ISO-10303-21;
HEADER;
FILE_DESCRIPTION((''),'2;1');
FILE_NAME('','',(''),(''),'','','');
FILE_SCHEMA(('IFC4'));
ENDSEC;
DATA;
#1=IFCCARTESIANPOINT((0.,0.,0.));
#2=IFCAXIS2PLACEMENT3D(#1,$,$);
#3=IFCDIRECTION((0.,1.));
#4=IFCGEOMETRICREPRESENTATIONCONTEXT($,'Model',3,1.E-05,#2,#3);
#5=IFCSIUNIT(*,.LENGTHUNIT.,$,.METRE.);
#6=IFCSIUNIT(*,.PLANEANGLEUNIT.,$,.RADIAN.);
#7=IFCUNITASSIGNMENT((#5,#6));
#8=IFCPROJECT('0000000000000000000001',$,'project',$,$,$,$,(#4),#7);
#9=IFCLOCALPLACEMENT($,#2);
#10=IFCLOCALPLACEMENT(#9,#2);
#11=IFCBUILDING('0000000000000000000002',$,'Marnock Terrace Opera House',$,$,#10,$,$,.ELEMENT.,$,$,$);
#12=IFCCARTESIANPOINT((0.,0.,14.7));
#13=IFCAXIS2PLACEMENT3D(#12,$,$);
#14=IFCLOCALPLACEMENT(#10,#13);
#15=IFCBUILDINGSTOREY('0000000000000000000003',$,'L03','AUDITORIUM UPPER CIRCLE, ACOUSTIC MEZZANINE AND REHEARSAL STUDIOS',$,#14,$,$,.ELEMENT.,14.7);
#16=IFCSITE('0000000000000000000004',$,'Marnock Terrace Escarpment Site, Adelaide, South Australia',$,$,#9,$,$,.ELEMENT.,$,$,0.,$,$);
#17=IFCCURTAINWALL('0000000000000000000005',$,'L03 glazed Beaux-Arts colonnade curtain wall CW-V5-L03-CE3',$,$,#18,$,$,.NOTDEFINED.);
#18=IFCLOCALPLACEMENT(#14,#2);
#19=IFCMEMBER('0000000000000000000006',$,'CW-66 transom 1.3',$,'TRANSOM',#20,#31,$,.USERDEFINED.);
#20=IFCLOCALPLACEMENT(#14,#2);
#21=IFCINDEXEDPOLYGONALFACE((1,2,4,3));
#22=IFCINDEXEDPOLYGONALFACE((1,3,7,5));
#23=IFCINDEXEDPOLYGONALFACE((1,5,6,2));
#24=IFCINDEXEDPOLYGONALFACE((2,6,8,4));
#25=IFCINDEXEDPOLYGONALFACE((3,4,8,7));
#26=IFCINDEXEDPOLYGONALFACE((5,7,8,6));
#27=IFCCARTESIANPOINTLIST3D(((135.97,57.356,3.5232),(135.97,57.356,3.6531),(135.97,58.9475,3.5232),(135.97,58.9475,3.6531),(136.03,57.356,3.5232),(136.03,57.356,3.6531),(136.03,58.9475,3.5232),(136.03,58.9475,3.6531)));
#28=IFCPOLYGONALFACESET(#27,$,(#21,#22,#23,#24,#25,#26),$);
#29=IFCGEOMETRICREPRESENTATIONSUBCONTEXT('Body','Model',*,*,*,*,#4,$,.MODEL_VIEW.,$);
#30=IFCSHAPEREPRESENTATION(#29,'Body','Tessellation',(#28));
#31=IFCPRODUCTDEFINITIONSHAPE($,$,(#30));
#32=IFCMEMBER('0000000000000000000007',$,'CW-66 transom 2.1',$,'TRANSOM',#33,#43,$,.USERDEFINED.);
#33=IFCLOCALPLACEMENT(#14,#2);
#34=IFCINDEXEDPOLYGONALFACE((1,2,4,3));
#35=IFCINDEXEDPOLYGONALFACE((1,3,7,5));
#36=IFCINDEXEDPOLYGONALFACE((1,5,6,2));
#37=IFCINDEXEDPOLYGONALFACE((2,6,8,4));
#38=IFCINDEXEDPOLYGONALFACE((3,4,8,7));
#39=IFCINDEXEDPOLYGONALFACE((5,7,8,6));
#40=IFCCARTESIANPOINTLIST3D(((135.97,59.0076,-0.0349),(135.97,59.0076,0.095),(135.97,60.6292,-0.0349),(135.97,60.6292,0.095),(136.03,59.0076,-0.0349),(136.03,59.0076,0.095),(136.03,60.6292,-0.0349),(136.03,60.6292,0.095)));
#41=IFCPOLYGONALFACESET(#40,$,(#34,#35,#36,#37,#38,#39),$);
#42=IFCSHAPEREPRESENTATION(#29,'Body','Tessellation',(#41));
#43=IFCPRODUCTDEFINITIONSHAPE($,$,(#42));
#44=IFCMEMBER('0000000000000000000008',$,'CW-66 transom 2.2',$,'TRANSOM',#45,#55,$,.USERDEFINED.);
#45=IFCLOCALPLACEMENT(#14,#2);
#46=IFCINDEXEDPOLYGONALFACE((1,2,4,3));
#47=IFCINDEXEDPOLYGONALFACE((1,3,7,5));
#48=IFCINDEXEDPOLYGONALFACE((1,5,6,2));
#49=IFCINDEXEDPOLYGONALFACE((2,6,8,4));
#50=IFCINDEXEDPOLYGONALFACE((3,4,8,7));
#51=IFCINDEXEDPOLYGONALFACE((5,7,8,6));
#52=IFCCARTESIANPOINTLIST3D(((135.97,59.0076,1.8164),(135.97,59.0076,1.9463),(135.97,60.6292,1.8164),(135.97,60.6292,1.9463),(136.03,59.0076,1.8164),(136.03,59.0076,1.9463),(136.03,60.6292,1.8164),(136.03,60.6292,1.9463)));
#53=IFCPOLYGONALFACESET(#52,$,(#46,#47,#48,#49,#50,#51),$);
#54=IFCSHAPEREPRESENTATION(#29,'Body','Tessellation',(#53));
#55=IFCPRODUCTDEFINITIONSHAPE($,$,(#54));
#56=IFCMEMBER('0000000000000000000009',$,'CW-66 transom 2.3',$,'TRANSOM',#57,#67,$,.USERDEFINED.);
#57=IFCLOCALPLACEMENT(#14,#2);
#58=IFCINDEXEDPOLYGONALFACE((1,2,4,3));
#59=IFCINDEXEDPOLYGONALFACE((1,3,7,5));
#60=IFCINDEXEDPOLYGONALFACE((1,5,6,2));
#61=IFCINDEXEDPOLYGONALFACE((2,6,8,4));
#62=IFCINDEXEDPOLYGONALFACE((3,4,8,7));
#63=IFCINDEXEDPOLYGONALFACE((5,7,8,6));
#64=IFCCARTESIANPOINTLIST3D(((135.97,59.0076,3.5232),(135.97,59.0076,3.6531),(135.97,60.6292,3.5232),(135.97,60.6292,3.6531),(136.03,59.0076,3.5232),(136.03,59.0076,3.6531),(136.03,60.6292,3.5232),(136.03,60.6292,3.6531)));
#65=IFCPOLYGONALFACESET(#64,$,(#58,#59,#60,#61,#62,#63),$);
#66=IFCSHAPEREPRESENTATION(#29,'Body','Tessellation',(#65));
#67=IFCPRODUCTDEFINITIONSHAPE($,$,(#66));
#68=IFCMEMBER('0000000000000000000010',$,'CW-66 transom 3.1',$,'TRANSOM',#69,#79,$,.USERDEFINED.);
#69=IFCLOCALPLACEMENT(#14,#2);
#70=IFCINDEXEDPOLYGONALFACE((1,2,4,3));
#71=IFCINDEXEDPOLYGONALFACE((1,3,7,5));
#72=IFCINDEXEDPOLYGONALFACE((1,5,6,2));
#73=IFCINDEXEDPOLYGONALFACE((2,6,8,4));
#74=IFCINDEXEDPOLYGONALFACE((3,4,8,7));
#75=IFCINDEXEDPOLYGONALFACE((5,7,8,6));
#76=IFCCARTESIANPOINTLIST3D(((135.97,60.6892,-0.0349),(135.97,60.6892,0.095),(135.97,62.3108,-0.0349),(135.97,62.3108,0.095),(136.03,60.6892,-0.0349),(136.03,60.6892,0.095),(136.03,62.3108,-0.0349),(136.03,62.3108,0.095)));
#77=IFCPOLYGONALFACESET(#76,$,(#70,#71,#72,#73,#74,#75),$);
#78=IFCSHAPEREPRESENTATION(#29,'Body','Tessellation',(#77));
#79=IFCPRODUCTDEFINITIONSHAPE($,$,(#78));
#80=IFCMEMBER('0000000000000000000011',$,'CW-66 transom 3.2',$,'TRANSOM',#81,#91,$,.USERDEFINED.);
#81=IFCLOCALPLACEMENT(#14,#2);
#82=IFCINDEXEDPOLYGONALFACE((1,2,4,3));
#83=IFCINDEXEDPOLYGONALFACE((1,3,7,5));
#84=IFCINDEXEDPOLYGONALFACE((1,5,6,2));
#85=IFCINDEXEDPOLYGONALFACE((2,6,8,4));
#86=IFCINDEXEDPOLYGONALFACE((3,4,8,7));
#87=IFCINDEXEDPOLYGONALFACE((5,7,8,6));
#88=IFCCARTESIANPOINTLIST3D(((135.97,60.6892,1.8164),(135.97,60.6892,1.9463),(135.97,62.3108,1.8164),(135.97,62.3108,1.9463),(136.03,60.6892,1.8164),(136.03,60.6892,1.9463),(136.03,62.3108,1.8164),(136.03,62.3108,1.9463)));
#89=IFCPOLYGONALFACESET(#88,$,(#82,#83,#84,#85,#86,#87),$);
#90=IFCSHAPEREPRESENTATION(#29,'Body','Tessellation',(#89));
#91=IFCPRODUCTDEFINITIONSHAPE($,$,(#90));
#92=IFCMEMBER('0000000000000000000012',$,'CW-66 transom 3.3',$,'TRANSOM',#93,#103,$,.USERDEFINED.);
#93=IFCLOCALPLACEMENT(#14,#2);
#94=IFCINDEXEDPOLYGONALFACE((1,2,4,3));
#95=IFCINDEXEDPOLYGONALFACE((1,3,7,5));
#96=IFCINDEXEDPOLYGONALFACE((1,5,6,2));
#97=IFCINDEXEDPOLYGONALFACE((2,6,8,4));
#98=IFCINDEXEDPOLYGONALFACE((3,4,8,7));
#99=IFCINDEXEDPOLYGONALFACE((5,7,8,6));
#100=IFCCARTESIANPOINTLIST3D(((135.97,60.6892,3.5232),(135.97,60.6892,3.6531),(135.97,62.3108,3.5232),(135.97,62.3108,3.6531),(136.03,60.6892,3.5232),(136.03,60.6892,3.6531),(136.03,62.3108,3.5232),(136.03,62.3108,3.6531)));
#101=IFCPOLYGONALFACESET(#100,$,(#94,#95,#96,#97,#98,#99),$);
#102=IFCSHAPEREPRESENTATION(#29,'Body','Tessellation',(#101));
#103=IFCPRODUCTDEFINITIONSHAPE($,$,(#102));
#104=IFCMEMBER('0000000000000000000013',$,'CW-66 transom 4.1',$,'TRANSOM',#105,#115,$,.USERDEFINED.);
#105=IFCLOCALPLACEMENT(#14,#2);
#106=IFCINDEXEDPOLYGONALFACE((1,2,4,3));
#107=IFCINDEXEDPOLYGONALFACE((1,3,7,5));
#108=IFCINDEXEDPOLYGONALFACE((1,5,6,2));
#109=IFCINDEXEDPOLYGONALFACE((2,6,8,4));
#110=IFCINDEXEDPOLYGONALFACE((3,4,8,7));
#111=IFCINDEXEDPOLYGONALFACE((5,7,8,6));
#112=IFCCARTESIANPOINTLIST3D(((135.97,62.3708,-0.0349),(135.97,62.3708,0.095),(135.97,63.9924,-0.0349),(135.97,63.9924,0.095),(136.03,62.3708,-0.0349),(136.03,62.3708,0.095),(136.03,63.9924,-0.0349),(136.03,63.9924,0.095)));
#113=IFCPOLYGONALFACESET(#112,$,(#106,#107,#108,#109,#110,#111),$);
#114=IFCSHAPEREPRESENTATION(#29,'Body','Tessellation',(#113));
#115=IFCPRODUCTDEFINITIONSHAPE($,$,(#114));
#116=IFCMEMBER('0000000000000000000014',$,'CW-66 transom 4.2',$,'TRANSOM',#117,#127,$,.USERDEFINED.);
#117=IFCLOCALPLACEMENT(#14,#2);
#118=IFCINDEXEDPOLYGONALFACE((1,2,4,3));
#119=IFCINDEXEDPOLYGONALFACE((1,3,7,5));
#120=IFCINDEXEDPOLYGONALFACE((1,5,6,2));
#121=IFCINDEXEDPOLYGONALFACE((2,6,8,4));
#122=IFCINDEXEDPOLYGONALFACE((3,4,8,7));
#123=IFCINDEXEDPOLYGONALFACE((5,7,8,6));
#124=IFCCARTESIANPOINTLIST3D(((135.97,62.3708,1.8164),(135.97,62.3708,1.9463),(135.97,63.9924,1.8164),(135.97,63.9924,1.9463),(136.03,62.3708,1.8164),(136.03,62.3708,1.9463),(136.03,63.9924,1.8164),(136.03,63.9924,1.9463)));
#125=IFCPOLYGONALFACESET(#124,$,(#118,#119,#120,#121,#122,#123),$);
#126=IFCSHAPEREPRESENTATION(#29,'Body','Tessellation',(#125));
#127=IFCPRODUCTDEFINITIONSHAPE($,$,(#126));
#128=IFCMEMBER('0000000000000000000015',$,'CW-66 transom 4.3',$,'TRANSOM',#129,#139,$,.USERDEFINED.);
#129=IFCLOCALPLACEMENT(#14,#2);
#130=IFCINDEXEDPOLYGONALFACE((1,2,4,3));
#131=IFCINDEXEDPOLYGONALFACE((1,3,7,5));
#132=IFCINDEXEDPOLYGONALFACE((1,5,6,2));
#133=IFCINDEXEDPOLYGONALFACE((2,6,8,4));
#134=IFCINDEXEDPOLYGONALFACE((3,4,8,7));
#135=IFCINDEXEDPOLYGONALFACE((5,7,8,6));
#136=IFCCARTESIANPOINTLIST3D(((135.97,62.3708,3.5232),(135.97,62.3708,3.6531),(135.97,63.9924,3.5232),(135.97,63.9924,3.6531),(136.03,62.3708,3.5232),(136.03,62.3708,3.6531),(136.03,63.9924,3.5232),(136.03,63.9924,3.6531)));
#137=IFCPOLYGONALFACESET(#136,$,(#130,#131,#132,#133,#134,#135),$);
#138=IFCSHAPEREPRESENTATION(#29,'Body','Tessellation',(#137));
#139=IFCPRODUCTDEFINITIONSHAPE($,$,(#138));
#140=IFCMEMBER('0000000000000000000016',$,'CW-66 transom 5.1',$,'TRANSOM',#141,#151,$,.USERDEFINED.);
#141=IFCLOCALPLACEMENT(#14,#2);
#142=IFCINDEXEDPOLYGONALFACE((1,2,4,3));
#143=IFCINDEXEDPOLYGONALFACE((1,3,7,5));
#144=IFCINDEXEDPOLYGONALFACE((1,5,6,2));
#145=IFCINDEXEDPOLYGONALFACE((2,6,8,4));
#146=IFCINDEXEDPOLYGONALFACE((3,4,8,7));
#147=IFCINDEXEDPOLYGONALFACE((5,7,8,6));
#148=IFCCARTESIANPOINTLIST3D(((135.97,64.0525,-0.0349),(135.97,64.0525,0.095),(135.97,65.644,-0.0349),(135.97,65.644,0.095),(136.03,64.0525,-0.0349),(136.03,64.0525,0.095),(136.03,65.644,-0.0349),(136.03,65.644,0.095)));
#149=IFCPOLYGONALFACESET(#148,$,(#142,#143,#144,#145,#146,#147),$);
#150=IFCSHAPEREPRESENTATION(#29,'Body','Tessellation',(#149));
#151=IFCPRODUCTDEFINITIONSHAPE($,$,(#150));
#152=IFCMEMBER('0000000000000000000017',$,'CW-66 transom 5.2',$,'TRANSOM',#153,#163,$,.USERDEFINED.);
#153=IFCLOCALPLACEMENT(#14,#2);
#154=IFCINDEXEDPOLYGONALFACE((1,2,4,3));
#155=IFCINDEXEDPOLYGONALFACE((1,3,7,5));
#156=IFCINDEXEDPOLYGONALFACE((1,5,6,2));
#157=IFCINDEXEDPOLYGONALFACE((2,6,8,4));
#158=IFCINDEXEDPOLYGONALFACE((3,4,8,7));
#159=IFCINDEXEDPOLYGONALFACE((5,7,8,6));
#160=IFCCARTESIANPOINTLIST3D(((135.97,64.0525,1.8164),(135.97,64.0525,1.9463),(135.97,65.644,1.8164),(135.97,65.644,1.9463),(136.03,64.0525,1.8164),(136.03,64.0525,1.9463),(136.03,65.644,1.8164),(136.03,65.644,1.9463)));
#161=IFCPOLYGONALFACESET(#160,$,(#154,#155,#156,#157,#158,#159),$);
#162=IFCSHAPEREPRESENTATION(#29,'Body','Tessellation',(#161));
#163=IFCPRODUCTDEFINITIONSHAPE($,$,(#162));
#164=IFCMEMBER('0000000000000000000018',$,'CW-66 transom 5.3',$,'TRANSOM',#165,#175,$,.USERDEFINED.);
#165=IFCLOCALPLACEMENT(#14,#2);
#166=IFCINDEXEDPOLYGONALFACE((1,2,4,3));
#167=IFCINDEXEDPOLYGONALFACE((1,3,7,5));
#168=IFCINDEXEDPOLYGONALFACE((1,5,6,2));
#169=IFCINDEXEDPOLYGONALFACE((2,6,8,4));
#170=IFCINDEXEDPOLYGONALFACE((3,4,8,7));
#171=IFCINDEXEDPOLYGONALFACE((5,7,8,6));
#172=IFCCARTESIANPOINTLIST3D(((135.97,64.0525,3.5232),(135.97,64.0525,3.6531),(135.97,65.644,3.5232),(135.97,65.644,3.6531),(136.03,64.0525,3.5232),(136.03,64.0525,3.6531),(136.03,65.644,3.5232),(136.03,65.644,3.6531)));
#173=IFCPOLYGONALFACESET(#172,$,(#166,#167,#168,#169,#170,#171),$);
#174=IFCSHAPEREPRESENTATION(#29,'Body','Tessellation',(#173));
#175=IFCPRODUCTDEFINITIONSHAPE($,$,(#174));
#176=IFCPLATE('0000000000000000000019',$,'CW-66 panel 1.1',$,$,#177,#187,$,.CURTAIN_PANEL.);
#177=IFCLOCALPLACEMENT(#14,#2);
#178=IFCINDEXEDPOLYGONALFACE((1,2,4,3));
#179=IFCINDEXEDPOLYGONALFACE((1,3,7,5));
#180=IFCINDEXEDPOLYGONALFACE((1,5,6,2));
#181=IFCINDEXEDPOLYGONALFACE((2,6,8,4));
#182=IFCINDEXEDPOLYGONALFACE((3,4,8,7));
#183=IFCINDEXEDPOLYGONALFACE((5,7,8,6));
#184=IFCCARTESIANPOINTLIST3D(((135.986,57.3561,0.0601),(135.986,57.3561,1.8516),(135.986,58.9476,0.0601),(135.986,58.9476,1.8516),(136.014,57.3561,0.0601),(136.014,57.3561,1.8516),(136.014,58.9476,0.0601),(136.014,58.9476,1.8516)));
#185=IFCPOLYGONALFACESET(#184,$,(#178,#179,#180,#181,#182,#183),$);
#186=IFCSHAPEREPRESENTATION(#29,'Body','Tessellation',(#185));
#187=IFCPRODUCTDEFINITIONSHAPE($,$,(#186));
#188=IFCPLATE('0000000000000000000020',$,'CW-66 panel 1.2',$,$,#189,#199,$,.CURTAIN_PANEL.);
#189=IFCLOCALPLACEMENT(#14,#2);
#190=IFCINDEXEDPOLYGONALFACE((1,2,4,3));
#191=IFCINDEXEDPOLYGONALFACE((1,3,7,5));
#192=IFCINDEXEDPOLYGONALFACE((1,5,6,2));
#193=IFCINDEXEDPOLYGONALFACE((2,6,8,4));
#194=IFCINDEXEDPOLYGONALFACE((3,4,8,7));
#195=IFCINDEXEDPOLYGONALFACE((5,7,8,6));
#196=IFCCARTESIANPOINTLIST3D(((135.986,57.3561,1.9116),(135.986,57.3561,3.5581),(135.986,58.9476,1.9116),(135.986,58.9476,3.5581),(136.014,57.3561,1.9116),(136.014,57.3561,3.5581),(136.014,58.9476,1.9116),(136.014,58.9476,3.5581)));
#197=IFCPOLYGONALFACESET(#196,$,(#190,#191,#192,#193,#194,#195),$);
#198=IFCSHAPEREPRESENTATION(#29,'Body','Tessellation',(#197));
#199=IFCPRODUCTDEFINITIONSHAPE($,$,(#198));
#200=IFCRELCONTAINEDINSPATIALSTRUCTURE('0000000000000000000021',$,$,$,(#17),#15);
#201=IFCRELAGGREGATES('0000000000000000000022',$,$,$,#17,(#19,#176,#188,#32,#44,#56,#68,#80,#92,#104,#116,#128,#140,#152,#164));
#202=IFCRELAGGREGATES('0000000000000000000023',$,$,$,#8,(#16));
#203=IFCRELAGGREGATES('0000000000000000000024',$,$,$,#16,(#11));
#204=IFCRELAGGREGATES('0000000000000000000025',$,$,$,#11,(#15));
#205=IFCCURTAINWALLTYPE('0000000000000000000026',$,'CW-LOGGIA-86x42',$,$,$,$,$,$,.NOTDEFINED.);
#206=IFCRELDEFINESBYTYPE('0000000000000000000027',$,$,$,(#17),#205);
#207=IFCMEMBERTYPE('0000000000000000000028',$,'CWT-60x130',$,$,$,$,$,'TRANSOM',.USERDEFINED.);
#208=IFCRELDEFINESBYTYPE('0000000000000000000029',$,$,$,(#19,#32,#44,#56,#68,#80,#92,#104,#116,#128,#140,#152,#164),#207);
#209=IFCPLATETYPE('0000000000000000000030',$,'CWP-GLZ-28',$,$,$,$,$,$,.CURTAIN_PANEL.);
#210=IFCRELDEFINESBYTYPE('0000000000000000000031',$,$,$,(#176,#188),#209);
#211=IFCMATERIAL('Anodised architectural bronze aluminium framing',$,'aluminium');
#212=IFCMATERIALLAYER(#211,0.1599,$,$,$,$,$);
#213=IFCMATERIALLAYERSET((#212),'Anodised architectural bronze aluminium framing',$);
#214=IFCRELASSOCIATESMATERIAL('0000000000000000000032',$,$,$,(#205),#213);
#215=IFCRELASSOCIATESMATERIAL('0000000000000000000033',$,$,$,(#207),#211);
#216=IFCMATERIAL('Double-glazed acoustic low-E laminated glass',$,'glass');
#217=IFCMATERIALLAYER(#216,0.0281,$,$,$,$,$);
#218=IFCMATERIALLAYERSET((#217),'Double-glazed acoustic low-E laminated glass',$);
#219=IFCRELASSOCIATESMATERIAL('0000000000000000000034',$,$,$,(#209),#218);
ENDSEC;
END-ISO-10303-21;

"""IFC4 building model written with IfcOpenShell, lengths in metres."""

from ifc_helpers import new_model, si_unit, direction, frame, origin, origin_2d, place, context, subcontext, project, spatial, rectangle, extrude, material, layer, layer_set, material_profile, profile_set, type_object, element, aggregate, save


model = new_model("IFC4")

# Units and contexts
model_context = context("Model", 3, precision=1e-05, world=origin(), true_north=direction((0.0, 1.0)))
body_context = subcontext(model_context, "Body", "Model", "MODEL_VIEW")
ifc_project = project(units=[si_unit("LENGTHUNIT", "METRE"), si_unit("PLANEANGLEUNIT", "RADIAN")], contexts=[model_context])

# Site, building, storey
site_placement = place(None, origin())
site = spatial("IfcSite", under=ifc_project, at=site_placement, Name="Marnock Terrace Escarpment Site, Adelaide, South Australia", CompositionType="ELEMENT", RefElevation=0.0)
building_placement = place(site_placement, origin())
building = spatial("IfcBuilding", under=site, at=building_placement, Name="Marnock Terrace Opera House", CompositionType="ELEMENT")
storey_placement = place(building_placement, frame((0.0, 0.0, 14.7)))
storey = spatial("IfcBuildingStorey", under=building, at=storey_placement, Name="L03", Description="AUDITORIUM UPPER CIRCLE, ACOUSTIC MEZZANINE AND REHEARSAL STUDIOS", CompositionType="ELEMENT", Elevation=14.7)

# Curtain wall, members, plates
ifc_material_1 = material(Name="Anodised architectural bronze aluminium framing", Category="aluminium")
ifc_layer_1 = layer(ifc_material_1, 0.1599)
ifc_layer_set_1 = layer_set([ifc_layer_1], Name="Anodised architectural bronze aluminium framing")
curtain_wall_type = type_object("IfcCurtainWallType", Name="CW-LOGGIA-86x42", PredefinedType="NOTDEFINED", material=ifc_layer_set_1)
curtain_wall_placement = place(storey_placement, origin())
curtain_wall = element("IfcCurtainWall", 1, at=curtain_wall_placement, inside=storey, type_object=curtain_wall_type, Name="L03 glazed Beaux-Arts colonnade curtain wall CW-V5-L03-CE3", PredefinedType="NOTDEFINED")
ifc_material_profile_1 = material_profile(ifc_material_1, rectangle(XDim=0.0601, YDim=0.1299, at=origin_2d()))
ifc_profile_set_1 = profile_set([ifc_material_profile_1], Name="Anodised architectural bronze aluminium framing")
member_type_1 = type_object("IfcMemberType", Name="CWT-60x130", ElementType="TRANSOM", PredefinedType="USERDEFINED", material=ifc_profile_set_1)
member_1_placement = place(storey_placement, frame((136.0, 57.356, 3.5881), z_axis=(0.0, 1.0, 0.0), x_axis=(-1.0, 0.0, 0.0)))
member_1 = element("IfcMember", 2, at=member_1_placement, type_object=member_type_1, Name="CW-66 transom 1.3", ObjectType="TRANSOM", PredefinedType="USERDEFINED", context=body_context, shape_type="SweptSolid", body=[
    extrude(rectangle(XDim=0.0601, YDim=0.1299, at=origin_2d()), origin(), (0.0, 0.0, 1.0), 1.5916),
])
member_2_placement = place(storey_placement, frame((136.0, 59.0076, 0.03), z_axis=(0.0, 1.0, 0.0), x_axis=(-1.0, 0.0, 0.0)))
member_2 = element("IfcMember", 3, at=member_2_placement, type_object=member_type_1, Name="CW-66 transom 2.1", ObjectType="TRANSOM", PredefinedType="USERDEFINED", context=body_context, shape_type="SweptSolid", body=[
    extrude(rectangle(XDim=0.0601, YDim=0.1299, at=origin_2d()), origin(), (0.0, 0.0, 1.0), 1.6216),
])
member_3_placement = place(storey_placement, frame((136.0, 59.0076, 1.8813), z_axis=(0.0, 1.0, 0.0), x_axis=(-1.0, 0.0, 0.0)))
member_3 = element("IfcMember", 4, at=member_3_placement, type_object=member_type_1, Name="CW-66 transom 2.2", ObjectType="TRANSOM", PredefinedType="USERDEFINED", context=body_context, shape_type="SweptSolid", body=[
    extrude(rectangle(XDim=0.0601, YDim=0.1299, at=origin_2d()), origin(), (0.0, 0.0, 1.0), 1.6216),
])
member_4_placement = place(storey_placement, frame((136.0, 59.0076, 3.5881), z_axis=(0.0, 1.0, 0.0), x_axis=(-1.0, 0.0, 0.0)))
member_4 = element("IfcMember", 5, at=member_4_placement, type_object=member_type_1, Name="CW-66 transom 2.3", ObjectType="TRANSOM", PredefinedType="USERDEFINED", context=body_context, shape_type="SweptSolid", body=[
    extrude(rectangle(XDim=0.0601, YDim=0.1299, at=origin_2d()), origin(), (0.0, 0.0, 1.0), 1.6216),
])
member_5_placement = place(storey_placement, frame((136.0, 60.6892, 0.03), z_axis=(0.0, 1.0, 0.0), x_axis=(-1.0, 0.0, 0.0)))
member_5 = element("IfcMember", 6, at=member_5_placement, type_object=member_type_1, Name="CW-66 transom 3.1", ObjectType="TRANSOM", PredefinedType="USERDEFINED", context=body_context, shape_type="SweptSolid", body=[
    extrude(rectangle(XDim=0.0601, YDim=0.1299, at=origin_2d()), origin(), (0.0, 0.0, 1.0), 1.6216),
])
member_6_placement = place(storey_placement, frame((136.0, 60.6892, 1.8813), z_axis=(0.0, 1.0, 0.0), x_axis=(-1.0, 0.0, 0.0)))
member_6 = element("IfcMember", 7, at=member_6_placement, type_object=member_type_1, Name="CW-66 transom 3.2", ObjectType="TRANSOM", PredefinedType="USERDEFINED", context=body_context, shape_type="SweptSolid", body=[
    extrude(rectangle(XDim=0.0601, YDim=0.1299, at=origin_2d()), origin(), (0.0, 0.0, 1.0), 1.6216),
])
member_7_placement = place(storey_placement, frame((136.0, 60.6892, 3.5881), z_axis=(0.0, 1.0, 0.0), x_axis=(-1.0, 0.0, 0.0)))
member_7 = element("IfcMember", 8, at=member_7_placement, type_object=member_type_1, Name="CW-66 transom 3.3", ObjectType="TRANSOM", PredefinedType="USERDEFINED", context=body_context, shape_type="SweptSolid", body=[
    extrude(rectangle(XDim=0.0601, YDim=0.1299, at=origin_2d()), origin(), (0.0, 0.0, 1.0), 1.6216),
])
member_8_placement = place(storey_placement, frame((136.0, 62.3708, 0.03), z_axis=(0.0, 1.0, 0.0), x_axis=(-1.0, 0.0, 0.0)))
member_8 = element("IfcMember", 9, at=member_8_placement, type_object=member_type_1, Name="CW-66 transom 4.1", ObjectType="TRANSOM", PredefinedType="USERDEFINED", context=body_context, shape_type="SweptSolid", body=[
    extrude(rectangle(XDim=0.0601, YDim=0.1299, at=origin_2d()), origin(), (0.0, 0.0, 1.0), 1.6216),
])
member_9_placement = place(storey_placement, frame((136.0, 62.3708, 1.8813), z_axis=(0.0, 1.0, 0.0), x_axis=(-1.0, 0.0, 0.0)))
member_9 = element("IfcMember", 10, at=member_9_placement, type_object=member_type_1, Name="CW-66 transom 4.2", ObjectType="TRANSOM", PredefinedType="USERDEFINED", context=body_context, shape_type="SweptSolid", body=[
    extrude(rectangle(XDim=0.0601, YDim=0.1299, at=origin_2d()), origin(), (0.0, 0.0, 1.0), 1.6216),
])
member_10_placement = place(storey_placement, frame((136.0, 62.3708, 3.5881), z_axis=(0.0, 1.0, 0.0), x_axis=(-1.0, 0.0, 0.0)))
member_10 = element("IfcMember", 11, at=member_10_placement, type_object=member_type_1, Name="CW-66 transom 4.3", ObjectType="TRANSOM", PredefinedType="USERDEFINED", context=body_context, shape_type="SweptSolid", body=[
    extrude(rectangle(XDim=0.0601, YDim=0.1299, at=origin_2d()), origin(), (0.0, 0.0, 1.0), 1.6216),
])
member_11_placement = place(storey_placement, frame((136.0, 64.0525, 0.03), z_axis=(0.0, 1.0, 0.0), x_axis=(-1.0, 0.0, 0.0)))
member_11 = element("IfcMember", 12, at=member_11_placement, type_object=member_type_1, Name="CW-66 transom 5.1", ObjectType="TRANSOM", PredefinedType="USERDEFINED", context=body_context, shape_type="SweptSolid", body=[
    extrude(rectangle(XDim=0.0601, YDim=0.1299, at=origin_2d()), origin(), (0.0, 0.0, 1.0), 1.5916),
])
member_12_placement = place(storey_placement, frame((136.0, 64.0525, 1.8813), z_axis=(0.0, 1.0, 0.0), x_axis=(-1.0, 0.0, 0.0)))
member_12 = element("IfcMember", 13, at=member_12_placement, type_object=member_type_1, Name="CW-66 transom 5.2", ObjectType="TRANSOM", PredefinedType="USERDEFINED", context=body_context, shape_type="SweptSolid", body=[
    extrude(rectangle(XDim=0.0601, YDim=0.1299, at=origin_2d()), origin(), (0.0, 0.0, 1.0), 1.5916),
])
member_13_placement = place(storey_placement, frame((136.0, 64.0525, 3.5881), z_axis=(0.0, 1.0, 0.0), x_axis=(-1.0, 0.0, 0.0)))
member_13 = element("IfcMember", 14, at=member_13_placement, type_object=member_type_1, Name="CW-66 transom 5.3", ObjectType="TRANSOM", PredefinedType="USERDEFINED", context=body_context, shape_type="SweptSolid", body=[
    extrude(rectangle(XDim=0.0601, YDim=0.1299, at=origin_2d()), origin(), (0.0, 0.0, 1.0), 1.5916),
])
ifc_material_2 = material(Name="Double-glazed acoustic low-E laminated glass", Category="glass")
ifc_layer_2 = layer(ifc_material_2, 0.0281)
ifc_layer_set_2 = layer_set([ifc_layer_2], Name="Double-glazed acoustic low-E laminated glass")
plate_type = type_object("IfcPlateType", Name="CWP-GLZ-28", PredefinedType="CURTAIN_PANEL", material=ifc_layer_set_2)
plate_1_placement = place(storey_placement, frame((136.0, 58.1519, 0.0601), z_axis=(0.0, 0.0, 1.0), x_axis=(0.0, 1.0, 0.0)))
plate_1 = element("IfcPlate", 15, at=plate_1_placement, type_object=plate_type, Name="CW-66 panel 1.1", PredefinedType="CURTAIN_PANEL", context=body_context, shape_type="SweptSolid", body=[
    extrude(rectangle(XDim=1.5916, YDim=0.0281, at=origin_2d()), origin(), (0.0, 0.0, 1.0), 1.7915),
])
plate_2_placement = place(storey_placement, frame((136.0, 58.1519, 1.9116), z_axis=(0.0, 0.0, 1.0), x_axis=(0.0, 1.0, 0.0)))
plate_2 = element("IfcPlate", 16, at=plate_2_placement, type_object=plate_type, Name="CW-66 panel 1.2", PredefinedType="CURTAIN_PANEL", context=body_context, shape_type="SweptSolid", body=[
    extrude(rectangle(XDim=1.5916, YDim=0.0281, at=origin_2d()), origin(), (0.0, 0.0, 1.0), 1.6465),
])
aggregate(curtain_wall, [member_1, plate_1, plate_2, member_2, member_3, member_4, member_5, member_6, member_7, member_8, member_9, member_10, member_11, member_12, member_13])

save(model, "model.ifc")
